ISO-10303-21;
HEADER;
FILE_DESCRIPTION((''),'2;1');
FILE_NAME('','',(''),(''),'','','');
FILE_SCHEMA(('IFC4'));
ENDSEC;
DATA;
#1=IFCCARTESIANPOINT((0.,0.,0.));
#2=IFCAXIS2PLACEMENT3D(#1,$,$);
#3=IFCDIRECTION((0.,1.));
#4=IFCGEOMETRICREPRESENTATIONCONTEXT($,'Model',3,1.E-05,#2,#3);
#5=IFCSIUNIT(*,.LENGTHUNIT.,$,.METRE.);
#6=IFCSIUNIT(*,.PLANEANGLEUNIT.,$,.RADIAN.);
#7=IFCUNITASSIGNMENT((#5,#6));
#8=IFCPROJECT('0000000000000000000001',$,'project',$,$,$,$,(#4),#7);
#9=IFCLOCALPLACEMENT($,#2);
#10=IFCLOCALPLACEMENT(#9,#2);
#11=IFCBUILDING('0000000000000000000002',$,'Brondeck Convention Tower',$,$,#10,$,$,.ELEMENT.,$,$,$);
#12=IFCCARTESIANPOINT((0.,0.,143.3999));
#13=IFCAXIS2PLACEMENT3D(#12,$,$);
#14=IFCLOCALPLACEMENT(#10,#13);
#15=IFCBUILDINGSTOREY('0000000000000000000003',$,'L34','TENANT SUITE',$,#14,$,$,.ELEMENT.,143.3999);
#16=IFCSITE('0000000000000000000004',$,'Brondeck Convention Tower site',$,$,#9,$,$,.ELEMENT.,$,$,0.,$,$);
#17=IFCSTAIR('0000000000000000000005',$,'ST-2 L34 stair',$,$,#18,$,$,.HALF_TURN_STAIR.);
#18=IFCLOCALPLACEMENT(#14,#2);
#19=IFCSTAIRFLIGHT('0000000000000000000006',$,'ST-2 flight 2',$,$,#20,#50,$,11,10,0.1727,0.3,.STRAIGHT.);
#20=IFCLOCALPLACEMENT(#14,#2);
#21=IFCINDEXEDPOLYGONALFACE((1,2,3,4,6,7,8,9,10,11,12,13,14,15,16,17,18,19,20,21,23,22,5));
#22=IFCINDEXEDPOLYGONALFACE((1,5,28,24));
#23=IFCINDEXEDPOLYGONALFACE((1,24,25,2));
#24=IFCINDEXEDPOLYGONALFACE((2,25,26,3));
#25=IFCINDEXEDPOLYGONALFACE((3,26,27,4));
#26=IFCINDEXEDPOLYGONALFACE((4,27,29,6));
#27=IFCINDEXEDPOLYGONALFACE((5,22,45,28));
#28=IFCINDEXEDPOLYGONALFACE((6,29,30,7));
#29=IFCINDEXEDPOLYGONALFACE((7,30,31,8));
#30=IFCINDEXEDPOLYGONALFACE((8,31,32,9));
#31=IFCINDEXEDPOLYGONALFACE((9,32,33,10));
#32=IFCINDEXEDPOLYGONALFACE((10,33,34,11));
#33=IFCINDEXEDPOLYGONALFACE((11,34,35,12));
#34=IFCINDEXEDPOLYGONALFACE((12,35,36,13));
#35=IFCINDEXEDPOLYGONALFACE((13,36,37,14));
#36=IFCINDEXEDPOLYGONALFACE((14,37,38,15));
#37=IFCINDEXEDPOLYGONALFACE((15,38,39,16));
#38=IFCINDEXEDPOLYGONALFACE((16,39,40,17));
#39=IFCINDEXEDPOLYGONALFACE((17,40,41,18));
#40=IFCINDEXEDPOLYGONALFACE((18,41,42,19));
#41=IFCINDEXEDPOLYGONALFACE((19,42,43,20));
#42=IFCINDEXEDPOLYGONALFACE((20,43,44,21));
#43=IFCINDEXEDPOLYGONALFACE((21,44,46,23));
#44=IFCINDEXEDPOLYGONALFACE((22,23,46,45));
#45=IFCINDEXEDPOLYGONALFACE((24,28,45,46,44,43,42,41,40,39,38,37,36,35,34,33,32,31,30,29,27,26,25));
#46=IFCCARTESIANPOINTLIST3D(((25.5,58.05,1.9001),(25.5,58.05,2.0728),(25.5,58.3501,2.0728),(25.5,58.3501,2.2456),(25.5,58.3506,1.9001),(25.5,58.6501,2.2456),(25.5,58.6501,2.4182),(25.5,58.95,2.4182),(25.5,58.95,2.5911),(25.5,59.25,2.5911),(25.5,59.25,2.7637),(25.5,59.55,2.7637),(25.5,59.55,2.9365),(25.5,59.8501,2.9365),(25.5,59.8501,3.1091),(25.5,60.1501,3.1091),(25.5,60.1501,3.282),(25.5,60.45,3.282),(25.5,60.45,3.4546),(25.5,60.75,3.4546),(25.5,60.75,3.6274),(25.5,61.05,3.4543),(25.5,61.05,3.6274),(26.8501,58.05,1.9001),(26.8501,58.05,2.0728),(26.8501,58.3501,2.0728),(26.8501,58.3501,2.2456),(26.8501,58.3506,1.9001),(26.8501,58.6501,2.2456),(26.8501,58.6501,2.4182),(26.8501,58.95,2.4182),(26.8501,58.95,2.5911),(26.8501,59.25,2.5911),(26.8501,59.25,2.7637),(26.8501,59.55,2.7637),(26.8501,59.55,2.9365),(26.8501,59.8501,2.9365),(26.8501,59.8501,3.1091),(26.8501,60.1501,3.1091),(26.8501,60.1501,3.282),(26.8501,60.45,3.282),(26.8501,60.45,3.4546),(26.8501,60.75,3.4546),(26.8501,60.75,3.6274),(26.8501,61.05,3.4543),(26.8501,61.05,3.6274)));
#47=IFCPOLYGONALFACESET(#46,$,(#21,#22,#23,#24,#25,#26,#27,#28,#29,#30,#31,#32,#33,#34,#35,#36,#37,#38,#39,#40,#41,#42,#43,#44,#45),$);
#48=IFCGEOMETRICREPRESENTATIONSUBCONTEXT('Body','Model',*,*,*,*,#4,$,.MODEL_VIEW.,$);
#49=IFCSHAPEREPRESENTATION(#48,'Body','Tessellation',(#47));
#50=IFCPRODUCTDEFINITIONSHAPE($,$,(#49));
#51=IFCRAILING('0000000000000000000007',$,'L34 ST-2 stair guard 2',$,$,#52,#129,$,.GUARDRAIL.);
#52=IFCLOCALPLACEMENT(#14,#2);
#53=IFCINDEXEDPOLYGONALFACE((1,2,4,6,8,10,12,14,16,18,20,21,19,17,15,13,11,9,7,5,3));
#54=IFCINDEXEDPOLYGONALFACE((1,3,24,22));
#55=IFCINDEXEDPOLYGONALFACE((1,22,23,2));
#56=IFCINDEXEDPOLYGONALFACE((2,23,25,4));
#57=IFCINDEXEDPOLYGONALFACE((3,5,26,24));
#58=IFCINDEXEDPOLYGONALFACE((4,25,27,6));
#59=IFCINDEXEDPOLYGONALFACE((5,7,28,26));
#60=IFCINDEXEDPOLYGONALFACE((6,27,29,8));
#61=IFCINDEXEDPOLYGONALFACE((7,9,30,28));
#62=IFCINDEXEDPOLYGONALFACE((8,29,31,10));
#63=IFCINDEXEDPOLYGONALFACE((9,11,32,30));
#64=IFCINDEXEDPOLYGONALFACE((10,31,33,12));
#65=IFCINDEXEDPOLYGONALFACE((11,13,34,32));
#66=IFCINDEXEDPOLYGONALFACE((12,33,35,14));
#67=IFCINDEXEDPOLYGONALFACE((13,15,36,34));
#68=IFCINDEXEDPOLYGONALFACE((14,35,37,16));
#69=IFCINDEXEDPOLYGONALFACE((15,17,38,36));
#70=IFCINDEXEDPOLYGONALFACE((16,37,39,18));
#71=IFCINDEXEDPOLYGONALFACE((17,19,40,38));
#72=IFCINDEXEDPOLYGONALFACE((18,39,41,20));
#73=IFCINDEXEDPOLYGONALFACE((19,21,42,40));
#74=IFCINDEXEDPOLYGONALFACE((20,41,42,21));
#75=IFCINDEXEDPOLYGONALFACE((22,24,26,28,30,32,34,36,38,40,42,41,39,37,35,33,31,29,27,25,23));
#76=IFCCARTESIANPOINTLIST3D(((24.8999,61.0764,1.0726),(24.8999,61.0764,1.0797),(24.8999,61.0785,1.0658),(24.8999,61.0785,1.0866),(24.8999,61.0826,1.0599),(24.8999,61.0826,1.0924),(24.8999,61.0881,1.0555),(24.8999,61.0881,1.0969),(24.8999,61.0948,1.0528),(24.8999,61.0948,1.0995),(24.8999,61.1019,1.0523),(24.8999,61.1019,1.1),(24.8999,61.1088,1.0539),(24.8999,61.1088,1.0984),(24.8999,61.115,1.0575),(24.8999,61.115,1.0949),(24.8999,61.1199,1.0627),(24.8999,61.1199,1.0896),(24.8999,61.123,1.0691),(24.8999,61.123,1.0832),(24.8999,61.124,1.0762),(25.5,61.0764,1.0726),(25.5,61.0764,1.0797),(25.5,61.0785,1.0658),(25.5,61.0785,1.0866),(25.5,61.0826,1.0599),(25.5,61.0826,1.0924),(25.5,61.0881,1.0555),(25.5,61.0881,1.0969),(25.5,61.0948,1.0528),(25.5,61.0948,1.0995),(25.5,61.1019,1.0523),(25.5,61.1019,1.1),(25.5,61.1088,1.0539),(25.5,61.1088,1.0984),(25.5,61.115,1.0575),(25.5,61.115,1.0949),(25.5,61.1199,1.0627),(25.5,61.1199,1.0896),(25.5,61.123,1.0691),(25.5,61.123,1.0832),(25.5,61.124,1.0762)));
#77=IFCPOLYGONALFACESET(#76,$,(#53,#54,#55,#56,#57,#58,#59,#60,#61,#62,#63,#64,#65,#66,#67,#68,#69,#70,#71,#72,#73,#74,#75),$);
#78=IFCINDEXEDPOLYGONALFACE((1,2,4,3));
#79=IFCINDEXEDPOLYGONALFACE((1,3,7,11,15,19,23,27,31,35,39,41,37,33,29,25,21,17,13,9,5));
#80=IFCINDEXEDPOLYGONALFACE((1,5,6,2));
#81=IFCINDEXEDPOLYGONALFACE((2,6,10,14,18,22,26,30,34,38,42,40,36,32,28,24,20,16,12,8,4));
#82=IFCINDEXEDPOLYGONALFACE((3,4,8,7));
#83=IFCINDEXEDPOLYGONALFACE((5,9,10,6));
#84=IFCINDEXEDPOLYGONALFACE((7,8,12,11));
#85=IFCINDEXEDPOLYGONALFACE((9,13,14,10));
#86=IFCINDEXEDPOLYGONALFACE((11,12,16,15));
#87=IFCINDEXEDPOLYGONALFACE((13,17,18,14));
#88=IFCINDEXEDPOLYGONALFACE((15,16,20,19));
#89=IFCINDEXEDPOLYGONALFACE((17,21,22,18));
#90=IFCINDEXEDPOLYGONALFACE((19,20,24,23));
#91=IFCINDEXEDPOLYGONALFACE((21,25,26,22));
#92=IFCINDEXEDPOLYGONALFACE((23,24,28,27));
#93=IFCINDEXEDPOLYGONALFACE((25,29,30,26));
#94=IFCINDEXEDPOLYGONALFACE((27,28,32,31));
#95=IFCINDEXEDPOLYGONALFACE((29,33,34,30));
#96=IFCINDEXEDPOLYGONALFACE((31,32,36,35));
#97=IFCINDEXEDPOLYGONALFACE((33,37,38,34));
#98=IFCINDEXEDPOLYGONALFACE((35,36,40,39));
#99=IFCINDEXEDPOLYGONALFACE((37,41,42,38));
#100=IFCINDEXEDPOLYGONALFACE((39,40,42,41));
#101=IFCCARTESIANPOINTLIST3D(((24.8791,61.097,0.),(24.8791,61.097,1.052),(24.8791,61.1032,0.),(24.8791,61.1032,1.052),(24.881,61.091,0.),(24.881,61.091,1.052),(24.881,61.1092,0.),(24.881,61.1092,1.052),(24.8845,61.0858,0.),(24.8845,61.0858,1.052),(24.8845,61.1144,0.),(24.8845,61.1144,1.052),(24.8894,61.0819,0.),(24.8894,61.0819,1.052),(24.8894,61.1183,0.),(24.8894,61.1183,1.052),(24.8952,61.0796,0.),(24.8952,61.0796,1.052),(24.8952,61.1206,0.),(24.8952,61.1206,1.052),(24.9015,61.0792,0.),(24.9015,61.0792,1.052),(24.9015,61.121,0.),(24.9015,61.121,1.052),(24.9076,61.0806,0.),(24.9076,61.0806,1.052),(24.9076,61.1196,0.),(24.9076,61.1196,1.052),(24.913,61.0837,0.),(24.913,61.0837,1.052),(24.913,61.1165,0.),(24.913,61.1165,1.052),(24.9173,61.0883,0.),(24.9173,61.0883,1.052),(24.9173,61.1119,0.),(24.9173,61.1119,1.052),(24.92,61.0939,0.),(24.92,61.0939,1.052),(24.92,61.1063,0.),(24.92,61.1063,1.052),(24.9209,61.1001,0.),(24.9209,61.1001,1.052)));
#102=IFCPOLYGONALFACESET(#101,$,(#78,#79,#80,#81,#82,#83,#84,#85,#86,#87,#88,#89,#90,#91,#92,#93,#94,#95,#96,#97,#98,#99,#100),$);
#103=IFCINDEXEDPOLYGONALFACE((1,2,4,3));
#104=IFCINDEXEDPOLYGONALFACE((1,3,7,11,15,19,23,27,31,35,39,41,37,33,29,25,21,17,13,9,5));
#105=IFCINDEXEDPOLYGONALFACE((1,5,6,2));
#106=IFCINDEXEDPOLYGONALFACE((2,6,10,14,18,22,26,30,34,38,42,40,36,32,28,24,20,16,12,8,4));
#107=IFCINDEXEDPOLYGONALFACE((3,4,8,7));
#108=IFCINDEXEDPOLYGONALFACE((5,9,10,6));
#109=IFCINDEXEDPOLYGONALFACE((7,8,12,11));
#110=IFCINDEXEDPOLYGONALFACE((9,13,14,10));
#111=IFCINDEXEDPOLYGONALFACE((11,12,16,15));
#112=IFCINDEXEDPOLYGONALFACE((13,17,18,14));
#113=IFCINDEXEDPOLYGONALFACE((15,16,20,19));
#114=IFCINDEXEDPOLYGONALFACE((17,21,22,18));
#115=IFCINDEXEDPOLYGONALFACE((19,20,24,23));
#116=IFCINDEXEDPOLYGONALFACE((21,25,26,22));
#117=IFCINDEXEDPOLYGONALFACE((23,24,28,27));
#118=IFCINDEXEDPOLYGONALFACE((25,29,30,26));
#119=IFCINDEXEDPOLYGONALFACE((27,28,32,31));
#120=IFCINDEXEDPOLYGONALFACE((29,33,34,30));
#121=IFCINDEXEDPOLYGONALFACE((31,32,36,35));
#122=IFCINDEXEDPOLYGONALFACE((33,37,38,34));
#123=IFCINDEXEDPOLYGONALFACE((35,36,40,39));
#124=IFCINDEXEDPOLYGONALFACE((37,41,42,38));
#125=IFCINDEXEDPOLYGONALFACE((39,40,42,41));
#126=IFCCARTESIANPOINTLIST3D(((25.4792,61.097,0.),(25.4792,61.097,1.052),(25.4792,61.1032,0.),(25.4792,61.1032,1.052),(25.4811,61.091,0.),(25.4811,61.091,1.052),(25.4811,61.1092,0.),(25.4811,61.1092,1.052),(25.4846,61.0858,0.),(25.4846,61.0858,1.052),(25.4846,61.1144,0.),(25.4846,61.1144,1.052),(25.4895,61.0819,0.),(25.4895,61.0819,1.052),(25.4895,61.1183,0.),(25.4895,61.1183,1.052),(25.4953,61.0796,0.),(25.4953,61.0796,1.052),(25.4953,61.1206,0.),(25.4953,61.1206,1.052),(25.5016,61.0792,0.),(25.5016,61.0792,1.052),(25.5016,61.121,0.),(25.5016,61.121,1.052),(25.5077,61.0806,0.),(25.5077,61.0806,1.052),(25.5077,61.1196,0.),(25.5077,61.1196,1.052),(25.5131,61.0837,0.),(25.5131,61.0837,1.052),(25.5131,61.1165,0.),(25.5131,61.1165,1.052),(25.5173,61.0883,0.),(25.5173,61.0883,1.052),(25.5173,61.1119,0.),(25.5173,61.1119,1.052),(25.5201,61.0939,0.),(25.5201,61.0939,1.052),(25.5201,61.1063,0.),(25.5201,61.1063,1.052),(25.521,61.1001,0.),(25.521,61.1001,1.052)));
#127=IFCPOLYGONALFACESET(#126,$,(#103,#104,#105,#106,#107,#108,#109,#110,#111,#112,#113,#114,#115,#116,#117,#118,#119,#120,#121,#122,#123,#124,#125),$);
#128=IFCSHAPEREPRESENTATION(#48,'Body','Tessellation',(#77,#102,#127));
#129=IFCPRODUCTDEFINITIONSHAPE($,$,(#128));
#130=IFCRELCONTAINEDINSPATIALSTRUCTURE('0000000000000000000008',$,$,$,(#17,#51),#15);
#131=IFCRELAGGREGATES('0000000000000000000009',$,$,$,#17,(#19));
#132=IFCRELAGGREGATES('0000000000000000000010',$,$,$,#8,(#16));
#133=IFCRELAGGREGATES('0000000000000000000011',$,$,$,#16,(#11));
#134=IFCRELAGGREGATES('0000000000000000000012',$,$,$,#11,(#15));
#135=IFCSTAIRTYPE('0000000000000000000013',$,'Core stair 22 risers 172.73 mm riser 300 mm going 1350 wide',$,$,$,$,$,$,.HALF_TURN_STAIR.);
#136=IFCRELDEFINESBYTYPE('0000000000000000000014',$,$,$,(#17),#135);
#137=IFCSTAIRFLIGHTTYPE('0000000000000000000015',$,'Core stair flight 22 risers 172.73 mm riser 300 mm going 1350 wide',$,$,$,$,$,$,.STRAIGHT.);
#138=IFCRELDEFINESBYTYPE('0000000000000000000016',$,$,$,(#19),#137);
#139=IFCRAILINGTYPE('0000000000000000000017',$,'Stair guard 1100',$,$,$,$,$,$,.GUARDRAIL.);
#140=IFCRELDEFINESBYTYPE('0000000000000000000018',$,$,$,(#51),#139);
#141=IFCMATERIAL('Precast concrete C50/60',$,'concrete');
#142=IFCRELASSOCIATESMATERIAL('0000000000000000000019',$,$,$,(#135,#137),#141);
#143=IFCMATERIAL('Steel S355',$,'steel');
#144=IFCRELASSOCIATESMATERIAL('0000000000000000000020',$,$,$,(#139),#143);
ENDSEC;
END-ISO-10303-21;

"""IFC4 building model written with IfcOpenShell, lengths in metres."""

from ifc_helpers import new_model, si_unit, direction, frame, origin, origin_2d, place, context, subcontext, project, spatial, polyline, circle, outline, extrude, material, type_object, element, aggregate, save


model = new_model("IFC4")

# Units and contexts
model_context = context("Model", 3, precision=1e-05, world=origin(), true_north=direction((0.0, 1.0)))
body_context = subcontext(model_context, "Body", "Model", "MODEL_VIEW")
ifc_project = project(units=[si_unit("LENGTHUNIT", "METRE"), si_unit("PLANEANGLEUNIT", "RADIAN")], contexts=[model_context])

# Site, building, storey
site_placement = place(None, origin())
site = spatial("IfcSite", under=ifc_project, at=site_placement, Name="Brondeck Convention Tower site", CompositionType="ELEMENT", RefElevation=0.0)
building_placement = place(site_placement, origin())
building = spatial("IfcBuilding", under=site, at=building_placement, Name="Brondeck Convention Tower", CompositionType="ELEMENT")
storey_placement = place(building_placement, frame((0.0, 0.0, 143.3999)))
storey = spatial("IfcBuildingStorey", under=building, at=storey_placement, Name="L34", Description="TENANT SUITE", CompositionType="ELEMENT", Elevation=143.3999)

# Shared definitions
ifc_material_1 = material(Name="Steel S355", Category="steel")

# Stair, stair flight
ifc_material_2 = material(Name="Precast concrete C50/60", Category="concrete")
stair_type = type_object("IfcStairType", Name="Core stair 22 risers 172.73 mm riser 300 mm going 1350 wide", PredefinedType="HALF_TURN_STAIR", material=ifc_material_2)
stair_placement = place(storey_placement, origin())
stair = element("IfcStair", 1, at=stair_placement, inside=storey, type_object=stair_type, Name="ST-2 L34 stair", PredefinedType="HALF_TURN_STAIR")
stair_flight_type = type_object("IfcStairFlightType", Name="Core stair flight 22 risers 172.73 mm riser 300 mm going 1350 wide", PredefinedType="STRAIGHT", material=ifc_material_2)
stair_flight_1_placement = place(storey_placement, frame((26.175, 58.05, 1.9001), z_axis=(0.0, 0.0, 1.0), x_axis=(0.0, 1.0, 0.0)))
stair_flight_1 = element("IfcStairFlight", 2, at=stair_flight_1_placement, type_object=stair_flight_type, Name="ST-2 flight 2", NumberOfRisers=11, NumberOfTreads=10, PredefinedType="STRAIGHT", RiserHeight=0.1727, TreadLength=0.3, context=body_context, shape_type="SweptSolid", body=[
    extrude(outline(polyline([(0.0, 0.0), (0.0, 0.1726), (0.3, 0.1726), (0.3, 0.3455), (0.6001, 0.3455), (0.6001, 0.5181), (0.8999, 0.5181), (0.8999, 0.6909), (1.2, 0.6909), (1.2, 0.8635), (1.5, 0.8635), (1.5, 1.0364), (1.8, 1.0364), (1.8, 1.209), (2.1001, 1.209), (2.1001, 1.3818), (2.3999, 1.3818), (2.3999, 1.5544), (2.7, 1.5544), (2.7, 1.7273), (3.0, 1.7273), (3.0, 1.8999), (3.0, 1.5542), (0.3005, 0.0), (0.0, 0.0)])), frame((0.0, 0.675, 0.0), z_axis=(0.0, -1.0, 0.0), x_axis=(1.0, 0.0, 0.0)), (0.0, 0.0, 1.0), 1.3501),
])
aggregate(stair, [stair_flight_1])

# Railing
railing_type_1 = type_object("IfcRailingType", Name="Stair guard 1100", PredefinedType="GUARDRAIL", material=ifc_material_1)
railing_1_placement = place(storey_placement, frame((24.8999, 61.1001, 0.0)))
element("IfcRailing", 3, at=railing_1_placement, inside=storey, type_object=railing_type_1, Name="L34 ST-2 stair guard 2", PredefinedType="GUARDRAIL", context=body_context, shape_type="SweptSolid", body=[
    extrude(circle(Radius=0.0239, at=origin_2d()), frame((0.0, 0.0, 1.0762), z_axis=(1.0, 0.0, 0.0), x_axis=(0.0, 1.0, 0.0)), (0.0, 0.0, 1.0), 0.6001),
    extrude(circle(Radius=0.021, at=origin_2d()), origin(), (0.0, 0.0, 1.0), 1.052),
    extrude(circle(Radius=0.021, at=origin_2d()), frame((0.6001, 0.0, 0.0)), (0.0, 0.0, 1.0), 1.052),
])

save(model, "model.ifc")
